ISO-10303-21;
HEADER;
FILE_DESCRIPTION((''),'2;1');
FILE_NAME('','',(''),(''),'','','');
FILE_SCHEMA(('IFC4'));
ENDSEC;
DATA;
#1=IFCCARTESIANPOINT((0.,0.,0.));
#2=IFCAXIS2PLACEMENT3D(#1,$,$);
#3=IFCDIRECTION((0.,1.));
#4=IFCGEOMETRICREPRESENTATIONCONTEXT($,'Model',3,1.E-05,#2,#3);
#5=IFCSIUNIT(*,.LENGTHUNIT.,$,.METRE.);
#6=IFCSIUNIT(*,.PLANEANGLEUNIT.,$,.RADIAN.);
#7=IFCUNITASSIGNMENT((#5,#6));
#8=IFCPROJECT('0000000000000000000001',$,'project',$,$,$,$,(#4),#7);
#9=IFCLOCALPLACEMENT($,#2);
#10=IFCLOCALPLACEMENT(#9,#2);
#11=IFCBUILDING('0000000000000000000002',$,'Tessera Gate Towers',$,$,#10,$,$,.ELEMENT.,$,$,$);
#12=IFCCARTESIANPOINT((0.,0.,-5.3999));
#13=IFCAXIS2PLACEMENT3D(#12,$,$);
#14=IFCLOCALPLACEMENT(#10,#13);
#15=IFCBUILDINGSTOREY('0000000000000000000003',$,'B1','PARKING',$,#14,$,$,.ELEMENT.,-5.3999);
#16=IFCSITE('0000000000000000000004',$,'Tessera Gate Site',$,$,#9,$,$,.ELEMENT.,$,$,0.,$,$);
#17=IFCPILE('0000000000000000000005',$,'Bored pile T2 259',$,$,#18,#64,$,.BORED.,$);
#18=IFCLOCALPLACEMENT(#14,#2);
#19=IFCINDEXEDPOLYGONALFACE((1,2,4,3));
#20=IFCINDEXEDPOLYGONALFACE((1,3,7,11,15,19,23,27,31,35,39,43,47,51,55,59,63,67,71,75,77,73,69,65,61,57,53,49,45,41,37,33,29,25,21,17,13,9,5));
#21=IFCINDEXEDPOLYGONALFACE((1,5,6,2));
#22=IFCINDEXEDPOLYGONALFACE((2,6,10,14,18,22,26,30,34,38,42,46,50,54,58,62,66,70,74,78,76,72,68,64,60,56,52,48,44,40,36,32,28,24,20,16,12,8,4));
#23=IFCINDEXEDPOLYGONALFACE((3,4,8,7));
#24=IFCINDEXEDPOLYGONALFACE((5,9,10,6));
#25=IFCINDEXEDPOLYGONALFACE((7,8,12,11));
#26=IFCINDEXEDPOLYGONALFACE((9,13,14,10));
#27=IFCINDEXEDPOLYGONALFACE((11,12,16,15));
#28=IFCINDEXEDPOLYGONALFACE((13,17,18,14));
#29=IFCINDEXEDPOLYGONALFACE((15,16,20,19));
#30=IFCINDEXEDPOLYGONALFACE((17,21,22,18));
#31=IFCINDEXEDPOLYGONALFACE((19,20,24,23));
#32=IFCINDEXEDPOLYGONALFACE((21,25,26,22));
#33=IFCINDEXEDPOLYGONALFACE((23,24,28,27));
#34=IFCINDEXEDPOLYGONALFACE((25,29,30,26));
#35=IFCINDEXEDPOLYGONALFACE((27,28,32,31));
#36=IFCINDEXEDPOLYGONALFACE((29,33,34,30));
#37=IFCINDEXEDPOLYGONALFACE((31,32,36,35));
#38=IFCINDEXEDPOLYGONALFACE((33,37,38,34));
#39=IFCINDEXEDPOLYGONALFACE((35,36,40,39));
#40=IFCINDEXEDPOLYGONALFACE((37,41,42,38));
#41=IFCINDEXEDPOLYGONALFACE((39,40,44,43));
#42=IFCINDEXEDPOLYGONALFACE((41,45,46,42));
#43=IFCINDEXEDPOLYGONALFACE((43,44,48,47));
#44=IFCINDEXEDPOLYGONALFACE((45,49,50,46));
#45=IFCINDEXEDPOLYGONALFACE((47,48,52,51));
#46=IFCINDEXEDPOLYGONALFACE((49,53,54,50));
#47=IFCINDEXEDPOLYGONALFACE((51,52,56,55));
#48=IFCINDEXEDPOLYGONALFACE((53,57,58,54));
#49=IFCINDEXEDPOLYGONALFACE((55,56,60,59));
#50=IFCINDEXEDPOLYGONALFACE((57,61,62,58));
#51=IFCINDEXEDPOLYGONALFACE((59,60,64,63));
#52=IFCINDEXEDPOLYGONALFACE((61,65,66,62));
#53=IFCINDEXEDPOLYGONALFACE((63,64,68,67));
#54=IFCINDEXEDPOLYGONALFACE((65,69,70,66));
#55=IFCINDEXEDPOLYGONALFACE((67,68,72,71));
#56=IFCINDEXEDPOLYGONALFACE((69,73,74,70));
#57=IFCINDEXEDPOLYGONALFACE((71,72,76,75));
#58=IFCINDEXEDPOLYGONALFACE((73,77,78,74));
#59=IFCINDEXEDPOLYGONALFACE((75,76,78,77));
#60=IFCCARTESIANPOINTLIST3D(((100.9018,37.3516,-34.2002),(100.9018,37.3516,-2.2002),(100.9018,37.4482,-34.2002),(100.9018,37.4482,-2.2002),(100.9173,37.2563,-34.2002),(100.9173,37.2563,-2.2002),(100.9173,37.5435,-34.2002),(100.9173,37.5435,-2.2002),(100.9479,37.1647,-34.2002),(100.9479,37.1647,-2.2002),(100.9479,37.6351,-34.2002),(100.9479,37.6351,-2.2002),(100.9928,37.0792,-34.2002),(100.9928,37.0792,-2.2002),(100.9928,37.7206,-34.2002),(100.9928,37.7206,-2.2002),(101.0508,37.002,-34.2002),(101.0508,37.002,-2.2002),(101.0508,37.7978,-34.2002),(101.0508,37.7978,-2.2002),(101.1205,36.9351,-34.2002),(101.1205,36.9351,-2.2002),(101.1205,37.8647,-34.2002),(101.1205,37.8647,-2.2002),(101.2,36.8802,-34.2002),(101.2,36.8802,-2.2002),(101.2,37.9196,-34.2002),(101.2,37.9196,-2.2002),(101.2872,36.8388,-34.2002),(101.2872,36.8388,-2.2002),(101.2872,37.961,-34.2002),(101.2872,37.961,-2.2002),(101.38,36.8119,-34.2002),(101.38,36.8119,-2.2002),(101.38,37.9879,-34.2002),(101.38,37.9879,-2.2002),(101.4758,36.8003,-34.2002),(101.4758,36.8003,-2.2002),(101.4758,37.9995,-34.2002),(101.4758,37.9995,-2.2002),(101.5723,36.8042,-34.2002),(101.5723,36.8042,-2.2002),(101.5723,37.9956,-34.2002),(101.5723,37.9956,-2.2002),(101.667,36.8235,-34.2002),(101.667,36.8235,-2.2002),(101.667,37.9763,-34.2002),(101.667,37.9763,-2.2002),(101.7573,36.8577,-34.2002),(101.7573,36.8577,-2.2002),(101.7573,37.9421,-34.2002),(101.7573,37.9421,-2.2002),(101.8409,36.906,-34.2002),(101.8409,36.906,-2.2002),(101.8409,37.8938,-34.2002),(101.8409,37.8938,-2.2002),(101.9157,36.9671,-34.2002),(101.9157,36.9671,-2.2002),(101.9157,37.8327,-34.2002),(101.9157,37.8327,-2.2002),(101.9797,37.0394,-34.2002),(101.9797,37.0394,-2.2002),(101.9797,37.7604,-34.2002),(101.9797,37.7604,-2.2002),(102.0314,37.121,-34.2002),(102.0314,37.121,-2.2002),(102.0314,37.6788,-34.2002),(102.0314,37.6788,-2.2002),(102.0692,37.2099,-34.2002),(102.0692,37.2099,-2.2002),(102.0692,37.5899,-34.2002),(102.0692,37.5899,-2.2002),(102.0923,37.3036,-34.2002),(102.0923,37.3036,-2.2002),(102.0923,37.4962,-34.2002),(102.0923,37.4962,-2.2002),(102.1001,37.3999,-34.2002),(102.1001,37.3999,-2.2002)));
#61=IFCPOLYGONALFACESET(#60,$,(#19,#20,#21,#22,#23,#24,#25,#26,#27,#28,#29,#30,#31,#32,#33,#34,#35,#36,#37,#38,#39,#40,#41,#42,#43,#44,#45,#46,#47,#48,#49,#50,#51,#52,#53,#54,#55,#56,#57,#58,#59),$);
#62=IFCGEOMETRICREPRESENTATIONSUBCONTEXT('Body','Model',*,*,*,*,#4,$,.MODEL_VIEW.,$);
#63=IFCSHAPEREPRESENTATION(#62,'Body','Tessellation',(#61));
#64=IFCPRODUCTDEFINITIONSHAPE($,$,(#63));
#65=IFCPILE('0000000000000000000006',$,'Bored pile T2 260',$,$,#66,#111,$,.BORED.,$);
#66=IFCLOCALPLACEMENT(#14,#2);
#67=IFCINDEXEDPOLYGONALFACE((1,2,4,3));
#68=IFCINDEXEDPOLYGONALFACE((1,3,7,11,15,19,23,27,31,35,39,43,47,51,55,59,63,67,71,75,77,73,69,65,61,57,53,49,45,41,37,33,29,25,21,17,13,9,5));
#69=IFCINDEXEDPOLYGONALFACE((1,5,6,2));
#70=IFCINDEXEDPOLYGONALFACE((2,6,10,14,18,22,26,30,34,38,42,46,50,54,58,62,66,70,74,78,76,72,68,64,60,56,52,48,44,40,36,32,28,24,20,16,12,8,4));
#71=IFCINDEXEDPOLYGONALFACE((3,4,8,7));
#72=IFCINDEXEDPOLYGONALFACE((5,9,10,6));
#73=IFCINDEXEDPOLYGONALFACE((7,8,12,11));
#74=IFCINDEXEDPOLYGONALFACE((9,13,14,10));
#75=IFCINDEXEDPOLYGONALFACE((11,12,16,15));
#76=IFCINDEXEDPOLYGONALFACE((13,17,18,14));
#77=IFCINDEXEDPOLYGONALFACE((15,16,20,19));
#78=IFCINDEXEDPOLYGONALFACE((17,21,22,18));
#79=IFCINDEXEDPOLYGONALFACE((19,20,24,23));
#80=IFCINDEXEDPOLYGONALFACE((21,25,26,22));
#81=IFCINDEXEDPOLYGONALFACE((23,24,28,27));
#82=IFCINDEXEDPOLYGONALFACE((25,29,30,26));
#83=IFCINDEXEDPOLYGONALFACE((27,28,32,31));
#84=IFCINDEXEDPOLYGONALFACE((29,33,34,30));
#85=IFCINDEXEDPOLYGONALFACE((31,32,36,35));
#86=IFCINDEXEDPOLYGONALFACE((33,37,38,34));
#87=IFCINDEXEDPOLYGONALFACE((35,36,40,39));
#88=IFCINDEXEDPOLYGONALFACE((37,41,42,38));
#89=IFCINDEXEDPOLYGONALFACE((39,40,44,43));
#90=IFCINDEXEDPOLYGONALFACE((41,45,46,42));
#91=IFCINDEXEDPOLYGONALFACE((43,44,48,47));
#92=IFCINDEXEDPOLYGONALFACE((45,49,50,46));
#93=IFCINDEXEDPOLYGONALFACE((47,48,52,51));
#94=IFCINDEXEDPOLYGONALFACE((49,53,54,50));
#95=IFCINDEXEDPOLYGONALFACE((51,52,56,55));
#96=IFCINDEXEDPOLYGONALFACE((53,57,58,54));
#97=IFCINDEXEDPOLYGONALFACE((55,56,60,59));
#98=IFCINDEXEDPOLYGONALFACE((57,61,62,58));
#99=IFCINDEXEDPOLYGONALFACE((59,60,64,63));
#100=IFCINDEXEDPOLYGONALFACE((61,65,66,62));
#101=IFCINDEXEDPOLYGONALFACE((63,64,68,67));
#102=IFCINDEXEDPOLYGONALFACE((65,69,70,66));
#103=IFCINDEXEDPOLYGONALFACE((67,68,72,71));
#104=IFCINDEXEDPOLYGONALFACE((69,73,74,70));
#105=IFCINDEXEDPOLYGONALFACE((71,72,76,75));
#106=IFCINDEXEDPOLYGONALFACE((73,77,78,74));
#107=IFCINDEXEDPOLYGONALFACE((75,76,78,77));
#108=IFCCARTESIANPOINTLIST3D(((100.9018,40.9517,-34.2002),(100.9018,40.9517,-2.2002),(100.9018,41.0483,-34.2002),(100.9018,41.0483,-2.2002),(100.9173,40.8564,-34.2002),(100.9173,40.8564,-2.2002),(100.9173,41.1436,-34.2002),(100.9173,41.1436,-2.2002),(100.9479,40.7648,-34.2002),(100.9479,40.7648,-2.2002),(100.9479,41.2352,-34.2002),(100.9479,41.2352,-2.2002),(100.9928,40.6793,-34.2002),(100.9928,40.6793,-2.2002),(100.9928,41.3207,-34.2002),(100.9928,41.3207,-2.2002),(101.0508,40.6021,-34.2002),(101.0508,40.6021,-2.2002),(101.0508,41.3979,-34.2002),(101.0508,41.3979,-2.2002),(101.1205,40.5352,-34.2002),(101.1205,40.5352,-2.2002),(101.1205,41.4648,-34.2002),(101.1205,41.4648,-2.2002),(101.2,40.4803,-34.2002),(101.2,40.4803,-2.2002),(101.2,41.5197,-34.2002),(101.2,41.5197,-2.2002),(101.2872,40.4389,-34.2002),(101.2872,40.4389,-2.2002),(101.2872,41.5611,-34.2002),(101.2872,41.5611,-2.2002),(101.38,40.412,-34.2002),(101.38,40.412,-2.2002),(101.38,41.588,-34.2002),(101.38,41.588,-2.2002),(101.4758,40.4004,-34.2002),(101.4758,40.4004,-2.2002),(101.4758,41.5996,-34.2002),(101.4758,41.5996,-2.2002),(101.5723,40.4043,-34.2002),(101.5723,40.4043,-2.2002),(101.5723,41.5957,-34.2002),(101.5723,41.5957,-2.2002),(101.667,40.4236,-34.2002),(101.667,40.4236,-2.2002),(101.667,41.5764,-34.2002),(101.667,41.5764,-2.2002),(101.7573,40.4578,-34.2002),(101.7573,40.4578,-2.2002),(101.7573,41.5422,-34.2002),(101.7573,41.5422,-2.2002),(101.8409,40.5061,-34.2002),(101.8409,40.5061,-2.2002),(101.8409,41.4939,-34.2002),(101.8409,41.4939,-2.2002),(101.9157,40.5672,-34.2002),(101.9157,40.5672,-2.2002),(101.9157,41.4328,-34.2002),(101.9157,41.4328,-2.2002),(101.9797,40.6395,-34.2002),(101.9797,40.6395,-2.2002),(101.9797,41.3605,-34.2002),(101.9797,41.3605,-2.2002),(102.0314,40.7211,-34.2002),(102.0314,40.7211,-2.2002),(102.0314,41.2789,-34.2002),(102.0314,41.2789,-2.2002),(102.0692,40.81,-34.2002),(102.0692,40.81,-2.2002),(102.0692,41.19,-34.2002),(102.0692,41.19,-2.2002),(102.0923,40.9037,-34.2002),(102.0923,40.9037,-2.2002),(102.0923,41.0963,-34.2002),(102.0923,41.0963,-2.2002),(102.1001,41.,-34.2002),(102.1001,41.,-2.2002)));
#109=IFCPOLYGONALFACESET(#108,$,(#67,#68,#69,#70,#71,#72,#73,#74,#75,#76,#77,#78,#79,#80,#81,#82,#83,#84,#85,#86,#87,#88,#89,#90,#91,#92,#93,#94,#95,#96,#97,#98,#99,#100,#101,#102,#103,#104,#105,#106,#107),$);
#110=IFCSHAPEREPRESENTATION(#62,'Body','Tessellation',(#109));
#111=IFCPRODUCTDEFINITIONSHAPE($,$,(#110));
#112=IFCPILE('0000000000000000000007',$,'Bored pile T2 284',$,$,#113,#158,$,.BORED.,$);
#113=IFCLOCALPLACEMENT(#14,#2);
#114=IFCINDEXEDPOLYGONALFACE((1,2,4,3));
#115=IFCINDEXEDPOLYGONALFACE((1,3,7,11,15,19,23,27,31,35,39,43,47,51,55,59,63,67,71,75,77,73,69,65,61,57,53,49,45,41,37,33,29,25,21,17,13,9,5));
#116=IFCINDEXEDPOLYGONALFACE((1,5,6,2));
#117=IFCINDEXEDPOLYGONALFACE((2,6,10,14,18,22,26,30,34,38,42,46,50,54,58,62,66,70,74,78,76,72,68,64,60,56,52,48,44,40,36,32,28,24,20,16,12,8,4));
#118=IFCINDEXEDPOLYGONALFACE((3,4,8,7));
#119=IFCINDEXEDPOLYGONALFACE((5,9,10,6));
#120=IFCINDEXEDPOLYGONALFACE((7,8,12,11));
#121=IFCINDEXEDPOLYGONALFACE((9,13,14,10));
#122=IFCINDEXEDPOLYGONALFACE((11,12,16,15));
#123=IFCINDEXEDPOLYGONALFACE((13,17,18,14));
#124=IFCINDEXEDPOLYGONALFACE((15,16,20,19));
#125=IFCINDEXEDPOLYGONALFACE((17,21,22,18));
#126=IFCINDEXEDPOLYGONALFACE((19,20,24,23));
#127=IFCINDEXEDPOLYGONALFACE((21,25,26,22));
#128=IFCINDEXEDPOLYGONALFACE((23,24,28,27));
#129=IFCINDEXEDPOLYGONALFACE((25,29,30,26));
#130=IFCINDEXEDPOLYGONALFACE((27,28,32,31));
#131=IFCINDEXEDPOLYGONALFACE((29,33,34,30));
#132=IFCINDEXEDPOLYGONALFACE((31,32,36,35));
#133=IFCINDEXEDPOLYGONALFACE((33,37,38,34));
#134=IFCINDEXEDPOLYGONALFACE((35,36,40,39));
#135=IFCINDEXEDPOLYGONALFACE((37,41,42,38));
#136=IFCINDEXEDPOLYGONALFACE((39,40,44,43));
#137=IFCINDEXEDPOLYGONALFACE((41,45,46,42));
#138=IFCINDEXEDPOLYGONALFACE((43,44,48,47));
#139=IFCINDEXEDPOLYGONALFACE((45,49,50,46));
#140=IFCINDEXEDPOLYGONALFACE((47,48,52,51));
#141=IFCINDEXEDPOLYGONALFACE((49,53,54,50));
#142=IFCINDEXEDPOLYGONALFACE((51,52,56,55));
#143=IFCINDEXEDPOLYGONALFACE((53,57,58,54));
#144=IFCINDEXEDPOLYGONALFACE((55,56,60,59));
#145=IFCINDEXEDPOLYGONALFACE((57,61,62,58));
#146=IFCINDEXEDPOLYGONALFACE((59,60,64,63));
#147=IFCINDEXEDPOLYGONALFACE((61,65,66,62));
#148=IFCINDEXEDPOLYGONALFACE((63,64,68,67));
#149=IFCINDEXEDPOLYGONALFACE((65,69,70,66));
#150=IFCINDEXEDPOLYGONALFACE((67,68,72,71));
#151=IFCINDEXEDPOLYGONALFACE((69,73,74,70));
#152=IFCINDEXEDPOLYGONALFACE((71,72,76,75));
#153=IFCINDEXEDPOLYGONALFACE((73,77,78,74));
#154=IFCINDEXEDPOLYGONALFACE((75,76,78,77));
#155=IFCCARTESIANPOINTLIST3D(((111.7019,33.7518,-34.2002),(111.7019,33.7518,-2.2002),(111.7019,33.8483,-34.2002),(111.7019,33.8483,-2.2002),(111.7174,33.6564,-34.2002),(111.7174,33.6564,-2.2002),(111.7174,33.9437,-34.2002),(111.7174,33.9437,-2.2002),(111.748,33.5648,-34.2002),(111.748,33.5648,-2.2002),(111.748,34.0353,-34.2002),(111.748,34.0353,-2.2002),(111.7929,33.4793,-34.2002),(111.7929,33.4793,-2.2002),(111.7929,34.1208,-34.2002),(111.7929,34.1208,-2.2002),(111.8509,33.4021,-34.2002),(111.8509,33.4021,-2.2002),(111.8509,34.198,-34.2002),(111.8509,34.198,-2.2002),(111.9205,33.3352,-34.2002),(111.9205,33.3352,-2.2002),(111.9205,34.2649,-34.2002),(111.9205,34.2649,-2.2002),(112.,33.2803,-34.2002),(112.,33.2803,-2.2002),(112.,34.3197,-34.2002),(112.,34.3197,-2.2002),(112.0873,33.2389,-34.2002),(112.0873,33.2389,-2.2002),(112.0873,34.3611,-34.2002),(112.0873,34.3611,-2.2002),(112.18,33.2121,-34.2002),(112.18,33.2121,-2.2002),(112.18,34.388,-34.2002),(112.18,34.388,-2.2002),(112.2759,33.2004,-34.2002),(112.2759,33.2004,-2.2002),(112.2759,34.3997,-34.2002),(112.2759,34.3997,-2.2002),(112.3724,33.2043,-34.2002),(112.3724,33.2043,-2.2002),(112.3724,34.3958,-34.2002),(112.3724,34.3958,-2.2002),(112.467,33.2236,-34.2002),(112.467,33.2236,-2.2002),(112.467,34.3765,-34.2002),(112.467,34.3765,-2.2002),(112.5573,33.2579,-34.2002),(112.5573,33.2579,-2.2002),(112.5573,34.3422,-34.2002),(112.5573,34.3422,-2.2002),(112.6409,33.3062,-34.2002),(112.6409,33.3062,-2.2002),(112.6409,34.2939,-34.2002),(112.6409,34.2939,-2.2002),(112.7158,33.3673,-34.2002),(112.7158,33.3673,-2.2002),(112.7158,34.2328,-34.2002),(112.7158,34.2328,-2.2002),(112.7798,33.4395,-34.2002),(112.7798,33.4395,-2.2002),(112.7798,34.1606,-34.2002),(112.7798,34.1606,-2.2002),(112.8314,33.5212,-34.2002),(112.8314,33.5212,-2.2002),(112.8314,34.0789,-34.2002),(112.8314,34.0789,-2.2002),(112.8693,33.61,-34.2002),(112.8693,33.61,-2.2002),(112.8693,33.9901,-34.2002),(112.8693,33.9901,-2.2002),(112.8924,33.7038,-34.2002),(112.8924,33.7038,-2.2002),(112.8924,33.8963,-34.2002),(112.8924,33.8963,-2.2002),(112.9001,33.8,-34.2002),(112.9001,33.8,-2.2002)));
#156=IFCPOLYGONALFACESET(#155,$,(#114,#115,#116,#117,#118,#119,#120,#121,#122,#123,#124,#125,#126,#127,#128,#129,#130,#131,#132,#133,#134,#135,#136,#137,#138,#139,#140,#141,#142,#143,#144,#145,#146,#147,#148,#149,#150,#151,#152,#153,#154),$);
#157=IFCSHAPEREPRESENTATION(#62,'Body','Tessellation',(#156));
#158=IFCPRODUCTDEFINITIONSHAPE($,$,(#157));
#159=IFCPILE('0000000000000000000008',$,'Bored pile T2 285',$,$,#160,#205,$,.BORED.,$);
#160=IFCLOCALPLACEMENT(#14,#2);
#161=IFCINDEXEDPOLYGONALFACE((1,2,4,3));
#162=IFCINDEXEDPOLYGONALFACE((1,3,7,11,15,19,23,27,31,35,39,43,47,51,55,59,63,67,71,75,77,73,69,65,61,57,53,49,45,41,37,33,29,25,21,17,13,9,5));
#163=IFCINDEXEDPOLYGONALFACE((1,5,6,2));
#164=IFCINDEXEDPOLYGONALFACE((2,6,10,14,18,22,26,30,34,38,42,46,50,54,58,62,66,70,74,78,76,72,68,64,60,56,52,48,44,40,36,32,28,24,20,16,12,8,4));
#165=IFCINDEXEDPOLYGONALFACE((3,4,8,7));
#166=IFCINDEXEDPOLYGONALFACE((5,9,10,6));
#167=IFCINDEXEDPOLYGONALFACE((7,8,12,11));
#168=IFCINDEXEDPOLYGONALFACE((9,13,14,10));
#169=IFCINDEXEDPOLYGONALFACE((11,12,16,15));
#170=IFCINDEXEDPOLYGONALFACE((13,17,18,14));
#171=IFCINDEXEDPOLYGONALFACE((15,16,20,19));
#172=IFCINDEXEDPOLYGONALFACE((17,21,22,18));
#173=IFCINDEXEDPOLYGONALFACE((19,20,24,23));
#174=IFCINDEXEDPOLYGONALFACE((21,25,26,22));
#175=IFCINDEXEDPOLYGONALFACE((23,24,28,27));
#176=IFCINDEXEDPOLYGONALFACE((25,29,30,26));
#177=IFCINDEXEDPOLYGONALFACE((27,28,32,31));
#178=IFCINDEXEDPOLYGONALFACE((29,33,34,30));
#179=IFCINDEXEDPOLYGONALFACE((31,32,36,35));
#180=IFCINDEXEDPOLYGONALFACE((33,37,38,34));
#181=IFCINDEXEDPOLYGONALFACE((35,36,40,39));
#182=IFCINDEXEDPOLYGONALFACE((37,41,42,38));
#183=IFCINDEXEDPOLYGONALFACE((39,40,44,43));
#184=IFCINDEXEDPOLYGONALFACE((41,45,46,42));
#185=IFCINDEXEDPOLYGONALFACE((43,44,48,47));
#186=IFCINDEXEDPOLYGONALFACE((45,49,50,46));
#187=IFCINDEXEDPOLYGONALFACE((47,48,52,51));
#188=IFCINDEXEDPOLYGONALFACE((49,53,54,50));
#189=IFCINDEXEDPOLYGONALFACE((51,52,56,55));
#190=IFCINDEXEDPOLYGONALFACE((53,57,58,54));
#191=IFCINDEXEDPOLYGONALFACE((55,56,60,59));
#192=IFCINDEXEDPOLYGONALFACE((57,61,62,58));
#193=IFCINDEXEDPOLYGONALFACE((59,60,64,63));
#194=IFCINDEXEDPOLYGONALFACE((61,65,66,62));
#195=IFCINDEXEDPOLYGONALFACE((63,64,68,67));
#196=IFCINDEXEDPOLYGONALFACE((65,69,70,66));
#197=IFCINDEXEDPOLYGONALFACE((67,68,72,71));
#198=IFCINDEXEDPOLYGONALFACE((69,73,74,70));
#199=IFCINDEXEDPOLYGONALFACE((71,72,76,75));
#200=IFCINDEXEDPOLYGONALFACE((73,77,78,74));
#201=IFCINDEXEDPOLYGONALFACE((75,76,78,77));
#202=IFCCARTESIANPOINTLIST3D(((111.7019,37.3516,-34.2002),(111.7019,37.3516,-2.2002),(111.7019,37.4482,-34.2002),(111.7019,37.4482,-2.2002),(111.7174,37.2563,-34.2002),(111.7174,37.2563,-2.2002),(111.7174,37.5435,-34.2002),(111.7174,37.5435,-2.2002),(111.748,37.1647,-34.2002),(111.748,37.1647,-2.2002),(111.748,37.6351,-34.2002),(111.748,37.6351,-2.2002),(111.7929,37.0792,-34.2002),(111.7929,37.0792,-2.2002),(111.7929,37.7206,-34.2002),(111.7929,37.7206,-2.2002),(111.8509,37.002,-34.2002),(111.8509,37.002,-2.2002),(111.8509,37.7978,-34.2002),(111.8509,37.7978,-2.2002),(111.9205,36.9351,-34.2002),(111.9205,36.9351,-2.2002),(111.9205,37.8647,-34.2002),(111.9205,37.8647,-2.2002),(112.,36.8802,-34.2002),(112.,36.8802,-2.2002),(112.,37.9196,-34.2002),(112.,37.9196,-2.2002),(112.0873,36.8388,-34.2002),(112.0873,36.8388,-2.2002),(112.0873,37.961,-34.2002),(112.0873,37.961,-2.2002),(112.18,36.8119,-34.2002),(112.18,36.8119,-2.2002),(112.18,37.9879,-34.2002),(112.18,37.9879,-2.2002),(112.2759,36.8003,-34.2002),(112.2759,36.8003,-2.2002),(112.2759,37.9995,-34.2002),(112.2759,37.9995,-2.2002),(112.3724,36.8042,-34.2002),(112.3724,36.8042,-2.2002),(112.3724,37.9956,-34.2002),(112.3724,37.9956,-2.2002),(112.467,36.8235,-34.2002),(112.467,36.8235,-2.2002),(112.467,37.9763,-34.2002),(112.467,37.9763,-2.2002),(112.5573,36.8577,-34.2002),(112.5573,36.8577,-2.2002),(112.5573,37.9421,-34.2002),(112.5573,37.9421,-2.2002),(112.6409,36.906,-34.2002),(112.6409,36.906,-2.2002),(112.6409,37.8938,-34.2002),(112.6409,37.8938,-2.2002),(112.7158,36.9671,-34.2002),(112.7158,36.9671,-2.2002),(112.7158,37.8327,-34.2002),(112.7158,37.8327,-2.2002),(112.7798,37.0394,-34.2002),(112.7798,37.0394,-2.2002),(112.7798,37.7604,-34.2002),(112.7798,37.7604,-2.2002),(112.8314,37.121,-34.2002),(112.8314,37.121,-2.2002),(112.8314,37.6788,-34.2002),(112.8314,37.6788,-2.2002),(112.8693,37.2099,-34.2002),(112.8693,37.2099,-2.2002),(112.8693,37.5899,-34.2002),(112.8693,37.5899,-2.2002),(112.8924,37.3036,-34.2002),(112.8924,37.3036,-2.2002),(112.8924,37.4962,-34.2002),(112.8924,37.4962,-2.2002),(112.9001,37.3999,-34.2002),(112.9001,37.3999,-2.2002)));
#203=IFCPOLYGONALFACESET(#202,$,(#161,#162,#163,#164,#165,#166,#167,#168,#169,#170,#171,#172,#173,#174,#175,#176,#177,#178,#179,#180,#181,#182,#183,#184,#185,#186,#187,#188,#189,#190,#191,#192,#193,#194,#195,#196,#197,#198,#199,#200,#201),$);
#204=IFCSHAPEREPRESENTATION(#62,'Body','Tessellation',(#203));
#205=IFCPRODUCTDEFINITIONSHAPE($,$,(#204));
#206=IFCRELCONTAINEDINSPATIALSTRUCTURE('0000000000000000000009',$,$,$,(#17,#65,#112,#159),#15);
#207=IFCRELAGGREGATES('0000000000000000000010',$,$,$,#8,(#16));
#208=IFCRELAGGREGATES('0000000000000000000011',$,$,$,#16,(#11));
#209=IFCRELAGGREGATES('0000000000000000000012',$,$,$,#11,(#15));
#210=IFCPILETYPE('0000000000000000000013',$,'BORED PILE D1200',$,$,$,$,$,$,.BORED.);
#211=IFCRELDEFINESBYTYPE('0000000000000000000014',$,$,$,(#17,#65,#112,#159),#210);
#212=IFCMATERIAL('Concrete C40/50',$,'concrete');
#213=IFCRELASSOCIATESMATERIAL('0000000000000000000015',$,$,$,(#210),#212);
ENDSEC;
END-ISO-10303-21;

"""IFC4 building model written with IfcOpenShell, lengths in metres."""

from ifc_helpers import new_model, si_unit, direction, frame, origin, origin_2d, place, context, subcontext, project, spatial, circle, extrude, material, material_profile, profile_set, type_object, element, save


model = new_model("IFC4")

# Units and contexts
model_context = context("Model", 3, precision=1e-05, world=origin(), true_north=direction((0.0, 1.0)))
body_context = subcontext(model_context, "Body", "Model", "MODEL_VIEW")
ifc_project = project(units=[si_unit("LENGTHUNIT", "METRE"), si_unit("PLANEANGLEUNIT", "RADIAN")], contexts=[model_context])

# Site, building, storey
site_placement = place(None, origin())
site = spatial("IfcSite", under=ifc_project, at=site_placement, Name="Tessera Gate Site", CompositionType="ELEMENT", RefElevation=0.0)
building_placement = place(site_placement, origin())
building = spatial("IfcBuilding", under=site, at=building_placement, Name="Tessera Gate Towers", CompositionType="ELEMENT")
storey_placement = place(building_placement, frame((0.0, 0.0, -5.3999)))
storey = spatial("IfcBuildingStorey", under=building, at=storey_placement, Name="B1", Description="PARKING", CompositionType="ELEMENT", Elevation=-5.3999)

# Piles
ifc_material_1 = material(Name="Concrete C40/50", Category="concrete")
ifc_material_profile = material_profile(ifc_material_1, circle(Radius=0.6001, at=origin_2d()), Name="BORED PILE D1200")
ifc_profile_set = profile_set([ifc_material_profile], Name="Concrete C40/50")
pile_type = type_object("IfcPileType", Name="BORED PILE D1200", PredefinedType="BORED", material=ifc_profile_set)
for number, where, z_axis, x_axis, name in (
    (1, (101.5, 37.3999, -2.2002), (0.0, 0.0, -1.0), (1.0, 0.0, 0.0), "Bored pile T2 259"),
    (2, (101.5, 41.0, -2.2002), (0.0, 0.0, -1.0), (1.0, 0.0, 0.0), "Bored pile T2 260"),
    (3, (112.3, 33.8, -2.2002), (0.0, 0.0, -1.0), (1.0, 0.0, 0.0), "Bored pile T2 284"),
    (4, (112.3, 37.3999, -2.2002), (0.0, 0.0, -1.0), (1.0, 0.0, 0.0), "Bored pile T2 285"),
):
    element("IfcPile", number, at=place(storey_placement, frame(where, z_axis=z_axis, x_axis=x_axis)), inside=storey, type_object=pile_type, Name=name, PredefinedType="BORED", context=body_context, shape_type="SweptSolid", body=[
        extrude(circle(Radius=0.6001, at=origin_2d()), origin(), (0.0, 0.0, 1.0), 32.0),
    ])

save(model, "model.ifc")
